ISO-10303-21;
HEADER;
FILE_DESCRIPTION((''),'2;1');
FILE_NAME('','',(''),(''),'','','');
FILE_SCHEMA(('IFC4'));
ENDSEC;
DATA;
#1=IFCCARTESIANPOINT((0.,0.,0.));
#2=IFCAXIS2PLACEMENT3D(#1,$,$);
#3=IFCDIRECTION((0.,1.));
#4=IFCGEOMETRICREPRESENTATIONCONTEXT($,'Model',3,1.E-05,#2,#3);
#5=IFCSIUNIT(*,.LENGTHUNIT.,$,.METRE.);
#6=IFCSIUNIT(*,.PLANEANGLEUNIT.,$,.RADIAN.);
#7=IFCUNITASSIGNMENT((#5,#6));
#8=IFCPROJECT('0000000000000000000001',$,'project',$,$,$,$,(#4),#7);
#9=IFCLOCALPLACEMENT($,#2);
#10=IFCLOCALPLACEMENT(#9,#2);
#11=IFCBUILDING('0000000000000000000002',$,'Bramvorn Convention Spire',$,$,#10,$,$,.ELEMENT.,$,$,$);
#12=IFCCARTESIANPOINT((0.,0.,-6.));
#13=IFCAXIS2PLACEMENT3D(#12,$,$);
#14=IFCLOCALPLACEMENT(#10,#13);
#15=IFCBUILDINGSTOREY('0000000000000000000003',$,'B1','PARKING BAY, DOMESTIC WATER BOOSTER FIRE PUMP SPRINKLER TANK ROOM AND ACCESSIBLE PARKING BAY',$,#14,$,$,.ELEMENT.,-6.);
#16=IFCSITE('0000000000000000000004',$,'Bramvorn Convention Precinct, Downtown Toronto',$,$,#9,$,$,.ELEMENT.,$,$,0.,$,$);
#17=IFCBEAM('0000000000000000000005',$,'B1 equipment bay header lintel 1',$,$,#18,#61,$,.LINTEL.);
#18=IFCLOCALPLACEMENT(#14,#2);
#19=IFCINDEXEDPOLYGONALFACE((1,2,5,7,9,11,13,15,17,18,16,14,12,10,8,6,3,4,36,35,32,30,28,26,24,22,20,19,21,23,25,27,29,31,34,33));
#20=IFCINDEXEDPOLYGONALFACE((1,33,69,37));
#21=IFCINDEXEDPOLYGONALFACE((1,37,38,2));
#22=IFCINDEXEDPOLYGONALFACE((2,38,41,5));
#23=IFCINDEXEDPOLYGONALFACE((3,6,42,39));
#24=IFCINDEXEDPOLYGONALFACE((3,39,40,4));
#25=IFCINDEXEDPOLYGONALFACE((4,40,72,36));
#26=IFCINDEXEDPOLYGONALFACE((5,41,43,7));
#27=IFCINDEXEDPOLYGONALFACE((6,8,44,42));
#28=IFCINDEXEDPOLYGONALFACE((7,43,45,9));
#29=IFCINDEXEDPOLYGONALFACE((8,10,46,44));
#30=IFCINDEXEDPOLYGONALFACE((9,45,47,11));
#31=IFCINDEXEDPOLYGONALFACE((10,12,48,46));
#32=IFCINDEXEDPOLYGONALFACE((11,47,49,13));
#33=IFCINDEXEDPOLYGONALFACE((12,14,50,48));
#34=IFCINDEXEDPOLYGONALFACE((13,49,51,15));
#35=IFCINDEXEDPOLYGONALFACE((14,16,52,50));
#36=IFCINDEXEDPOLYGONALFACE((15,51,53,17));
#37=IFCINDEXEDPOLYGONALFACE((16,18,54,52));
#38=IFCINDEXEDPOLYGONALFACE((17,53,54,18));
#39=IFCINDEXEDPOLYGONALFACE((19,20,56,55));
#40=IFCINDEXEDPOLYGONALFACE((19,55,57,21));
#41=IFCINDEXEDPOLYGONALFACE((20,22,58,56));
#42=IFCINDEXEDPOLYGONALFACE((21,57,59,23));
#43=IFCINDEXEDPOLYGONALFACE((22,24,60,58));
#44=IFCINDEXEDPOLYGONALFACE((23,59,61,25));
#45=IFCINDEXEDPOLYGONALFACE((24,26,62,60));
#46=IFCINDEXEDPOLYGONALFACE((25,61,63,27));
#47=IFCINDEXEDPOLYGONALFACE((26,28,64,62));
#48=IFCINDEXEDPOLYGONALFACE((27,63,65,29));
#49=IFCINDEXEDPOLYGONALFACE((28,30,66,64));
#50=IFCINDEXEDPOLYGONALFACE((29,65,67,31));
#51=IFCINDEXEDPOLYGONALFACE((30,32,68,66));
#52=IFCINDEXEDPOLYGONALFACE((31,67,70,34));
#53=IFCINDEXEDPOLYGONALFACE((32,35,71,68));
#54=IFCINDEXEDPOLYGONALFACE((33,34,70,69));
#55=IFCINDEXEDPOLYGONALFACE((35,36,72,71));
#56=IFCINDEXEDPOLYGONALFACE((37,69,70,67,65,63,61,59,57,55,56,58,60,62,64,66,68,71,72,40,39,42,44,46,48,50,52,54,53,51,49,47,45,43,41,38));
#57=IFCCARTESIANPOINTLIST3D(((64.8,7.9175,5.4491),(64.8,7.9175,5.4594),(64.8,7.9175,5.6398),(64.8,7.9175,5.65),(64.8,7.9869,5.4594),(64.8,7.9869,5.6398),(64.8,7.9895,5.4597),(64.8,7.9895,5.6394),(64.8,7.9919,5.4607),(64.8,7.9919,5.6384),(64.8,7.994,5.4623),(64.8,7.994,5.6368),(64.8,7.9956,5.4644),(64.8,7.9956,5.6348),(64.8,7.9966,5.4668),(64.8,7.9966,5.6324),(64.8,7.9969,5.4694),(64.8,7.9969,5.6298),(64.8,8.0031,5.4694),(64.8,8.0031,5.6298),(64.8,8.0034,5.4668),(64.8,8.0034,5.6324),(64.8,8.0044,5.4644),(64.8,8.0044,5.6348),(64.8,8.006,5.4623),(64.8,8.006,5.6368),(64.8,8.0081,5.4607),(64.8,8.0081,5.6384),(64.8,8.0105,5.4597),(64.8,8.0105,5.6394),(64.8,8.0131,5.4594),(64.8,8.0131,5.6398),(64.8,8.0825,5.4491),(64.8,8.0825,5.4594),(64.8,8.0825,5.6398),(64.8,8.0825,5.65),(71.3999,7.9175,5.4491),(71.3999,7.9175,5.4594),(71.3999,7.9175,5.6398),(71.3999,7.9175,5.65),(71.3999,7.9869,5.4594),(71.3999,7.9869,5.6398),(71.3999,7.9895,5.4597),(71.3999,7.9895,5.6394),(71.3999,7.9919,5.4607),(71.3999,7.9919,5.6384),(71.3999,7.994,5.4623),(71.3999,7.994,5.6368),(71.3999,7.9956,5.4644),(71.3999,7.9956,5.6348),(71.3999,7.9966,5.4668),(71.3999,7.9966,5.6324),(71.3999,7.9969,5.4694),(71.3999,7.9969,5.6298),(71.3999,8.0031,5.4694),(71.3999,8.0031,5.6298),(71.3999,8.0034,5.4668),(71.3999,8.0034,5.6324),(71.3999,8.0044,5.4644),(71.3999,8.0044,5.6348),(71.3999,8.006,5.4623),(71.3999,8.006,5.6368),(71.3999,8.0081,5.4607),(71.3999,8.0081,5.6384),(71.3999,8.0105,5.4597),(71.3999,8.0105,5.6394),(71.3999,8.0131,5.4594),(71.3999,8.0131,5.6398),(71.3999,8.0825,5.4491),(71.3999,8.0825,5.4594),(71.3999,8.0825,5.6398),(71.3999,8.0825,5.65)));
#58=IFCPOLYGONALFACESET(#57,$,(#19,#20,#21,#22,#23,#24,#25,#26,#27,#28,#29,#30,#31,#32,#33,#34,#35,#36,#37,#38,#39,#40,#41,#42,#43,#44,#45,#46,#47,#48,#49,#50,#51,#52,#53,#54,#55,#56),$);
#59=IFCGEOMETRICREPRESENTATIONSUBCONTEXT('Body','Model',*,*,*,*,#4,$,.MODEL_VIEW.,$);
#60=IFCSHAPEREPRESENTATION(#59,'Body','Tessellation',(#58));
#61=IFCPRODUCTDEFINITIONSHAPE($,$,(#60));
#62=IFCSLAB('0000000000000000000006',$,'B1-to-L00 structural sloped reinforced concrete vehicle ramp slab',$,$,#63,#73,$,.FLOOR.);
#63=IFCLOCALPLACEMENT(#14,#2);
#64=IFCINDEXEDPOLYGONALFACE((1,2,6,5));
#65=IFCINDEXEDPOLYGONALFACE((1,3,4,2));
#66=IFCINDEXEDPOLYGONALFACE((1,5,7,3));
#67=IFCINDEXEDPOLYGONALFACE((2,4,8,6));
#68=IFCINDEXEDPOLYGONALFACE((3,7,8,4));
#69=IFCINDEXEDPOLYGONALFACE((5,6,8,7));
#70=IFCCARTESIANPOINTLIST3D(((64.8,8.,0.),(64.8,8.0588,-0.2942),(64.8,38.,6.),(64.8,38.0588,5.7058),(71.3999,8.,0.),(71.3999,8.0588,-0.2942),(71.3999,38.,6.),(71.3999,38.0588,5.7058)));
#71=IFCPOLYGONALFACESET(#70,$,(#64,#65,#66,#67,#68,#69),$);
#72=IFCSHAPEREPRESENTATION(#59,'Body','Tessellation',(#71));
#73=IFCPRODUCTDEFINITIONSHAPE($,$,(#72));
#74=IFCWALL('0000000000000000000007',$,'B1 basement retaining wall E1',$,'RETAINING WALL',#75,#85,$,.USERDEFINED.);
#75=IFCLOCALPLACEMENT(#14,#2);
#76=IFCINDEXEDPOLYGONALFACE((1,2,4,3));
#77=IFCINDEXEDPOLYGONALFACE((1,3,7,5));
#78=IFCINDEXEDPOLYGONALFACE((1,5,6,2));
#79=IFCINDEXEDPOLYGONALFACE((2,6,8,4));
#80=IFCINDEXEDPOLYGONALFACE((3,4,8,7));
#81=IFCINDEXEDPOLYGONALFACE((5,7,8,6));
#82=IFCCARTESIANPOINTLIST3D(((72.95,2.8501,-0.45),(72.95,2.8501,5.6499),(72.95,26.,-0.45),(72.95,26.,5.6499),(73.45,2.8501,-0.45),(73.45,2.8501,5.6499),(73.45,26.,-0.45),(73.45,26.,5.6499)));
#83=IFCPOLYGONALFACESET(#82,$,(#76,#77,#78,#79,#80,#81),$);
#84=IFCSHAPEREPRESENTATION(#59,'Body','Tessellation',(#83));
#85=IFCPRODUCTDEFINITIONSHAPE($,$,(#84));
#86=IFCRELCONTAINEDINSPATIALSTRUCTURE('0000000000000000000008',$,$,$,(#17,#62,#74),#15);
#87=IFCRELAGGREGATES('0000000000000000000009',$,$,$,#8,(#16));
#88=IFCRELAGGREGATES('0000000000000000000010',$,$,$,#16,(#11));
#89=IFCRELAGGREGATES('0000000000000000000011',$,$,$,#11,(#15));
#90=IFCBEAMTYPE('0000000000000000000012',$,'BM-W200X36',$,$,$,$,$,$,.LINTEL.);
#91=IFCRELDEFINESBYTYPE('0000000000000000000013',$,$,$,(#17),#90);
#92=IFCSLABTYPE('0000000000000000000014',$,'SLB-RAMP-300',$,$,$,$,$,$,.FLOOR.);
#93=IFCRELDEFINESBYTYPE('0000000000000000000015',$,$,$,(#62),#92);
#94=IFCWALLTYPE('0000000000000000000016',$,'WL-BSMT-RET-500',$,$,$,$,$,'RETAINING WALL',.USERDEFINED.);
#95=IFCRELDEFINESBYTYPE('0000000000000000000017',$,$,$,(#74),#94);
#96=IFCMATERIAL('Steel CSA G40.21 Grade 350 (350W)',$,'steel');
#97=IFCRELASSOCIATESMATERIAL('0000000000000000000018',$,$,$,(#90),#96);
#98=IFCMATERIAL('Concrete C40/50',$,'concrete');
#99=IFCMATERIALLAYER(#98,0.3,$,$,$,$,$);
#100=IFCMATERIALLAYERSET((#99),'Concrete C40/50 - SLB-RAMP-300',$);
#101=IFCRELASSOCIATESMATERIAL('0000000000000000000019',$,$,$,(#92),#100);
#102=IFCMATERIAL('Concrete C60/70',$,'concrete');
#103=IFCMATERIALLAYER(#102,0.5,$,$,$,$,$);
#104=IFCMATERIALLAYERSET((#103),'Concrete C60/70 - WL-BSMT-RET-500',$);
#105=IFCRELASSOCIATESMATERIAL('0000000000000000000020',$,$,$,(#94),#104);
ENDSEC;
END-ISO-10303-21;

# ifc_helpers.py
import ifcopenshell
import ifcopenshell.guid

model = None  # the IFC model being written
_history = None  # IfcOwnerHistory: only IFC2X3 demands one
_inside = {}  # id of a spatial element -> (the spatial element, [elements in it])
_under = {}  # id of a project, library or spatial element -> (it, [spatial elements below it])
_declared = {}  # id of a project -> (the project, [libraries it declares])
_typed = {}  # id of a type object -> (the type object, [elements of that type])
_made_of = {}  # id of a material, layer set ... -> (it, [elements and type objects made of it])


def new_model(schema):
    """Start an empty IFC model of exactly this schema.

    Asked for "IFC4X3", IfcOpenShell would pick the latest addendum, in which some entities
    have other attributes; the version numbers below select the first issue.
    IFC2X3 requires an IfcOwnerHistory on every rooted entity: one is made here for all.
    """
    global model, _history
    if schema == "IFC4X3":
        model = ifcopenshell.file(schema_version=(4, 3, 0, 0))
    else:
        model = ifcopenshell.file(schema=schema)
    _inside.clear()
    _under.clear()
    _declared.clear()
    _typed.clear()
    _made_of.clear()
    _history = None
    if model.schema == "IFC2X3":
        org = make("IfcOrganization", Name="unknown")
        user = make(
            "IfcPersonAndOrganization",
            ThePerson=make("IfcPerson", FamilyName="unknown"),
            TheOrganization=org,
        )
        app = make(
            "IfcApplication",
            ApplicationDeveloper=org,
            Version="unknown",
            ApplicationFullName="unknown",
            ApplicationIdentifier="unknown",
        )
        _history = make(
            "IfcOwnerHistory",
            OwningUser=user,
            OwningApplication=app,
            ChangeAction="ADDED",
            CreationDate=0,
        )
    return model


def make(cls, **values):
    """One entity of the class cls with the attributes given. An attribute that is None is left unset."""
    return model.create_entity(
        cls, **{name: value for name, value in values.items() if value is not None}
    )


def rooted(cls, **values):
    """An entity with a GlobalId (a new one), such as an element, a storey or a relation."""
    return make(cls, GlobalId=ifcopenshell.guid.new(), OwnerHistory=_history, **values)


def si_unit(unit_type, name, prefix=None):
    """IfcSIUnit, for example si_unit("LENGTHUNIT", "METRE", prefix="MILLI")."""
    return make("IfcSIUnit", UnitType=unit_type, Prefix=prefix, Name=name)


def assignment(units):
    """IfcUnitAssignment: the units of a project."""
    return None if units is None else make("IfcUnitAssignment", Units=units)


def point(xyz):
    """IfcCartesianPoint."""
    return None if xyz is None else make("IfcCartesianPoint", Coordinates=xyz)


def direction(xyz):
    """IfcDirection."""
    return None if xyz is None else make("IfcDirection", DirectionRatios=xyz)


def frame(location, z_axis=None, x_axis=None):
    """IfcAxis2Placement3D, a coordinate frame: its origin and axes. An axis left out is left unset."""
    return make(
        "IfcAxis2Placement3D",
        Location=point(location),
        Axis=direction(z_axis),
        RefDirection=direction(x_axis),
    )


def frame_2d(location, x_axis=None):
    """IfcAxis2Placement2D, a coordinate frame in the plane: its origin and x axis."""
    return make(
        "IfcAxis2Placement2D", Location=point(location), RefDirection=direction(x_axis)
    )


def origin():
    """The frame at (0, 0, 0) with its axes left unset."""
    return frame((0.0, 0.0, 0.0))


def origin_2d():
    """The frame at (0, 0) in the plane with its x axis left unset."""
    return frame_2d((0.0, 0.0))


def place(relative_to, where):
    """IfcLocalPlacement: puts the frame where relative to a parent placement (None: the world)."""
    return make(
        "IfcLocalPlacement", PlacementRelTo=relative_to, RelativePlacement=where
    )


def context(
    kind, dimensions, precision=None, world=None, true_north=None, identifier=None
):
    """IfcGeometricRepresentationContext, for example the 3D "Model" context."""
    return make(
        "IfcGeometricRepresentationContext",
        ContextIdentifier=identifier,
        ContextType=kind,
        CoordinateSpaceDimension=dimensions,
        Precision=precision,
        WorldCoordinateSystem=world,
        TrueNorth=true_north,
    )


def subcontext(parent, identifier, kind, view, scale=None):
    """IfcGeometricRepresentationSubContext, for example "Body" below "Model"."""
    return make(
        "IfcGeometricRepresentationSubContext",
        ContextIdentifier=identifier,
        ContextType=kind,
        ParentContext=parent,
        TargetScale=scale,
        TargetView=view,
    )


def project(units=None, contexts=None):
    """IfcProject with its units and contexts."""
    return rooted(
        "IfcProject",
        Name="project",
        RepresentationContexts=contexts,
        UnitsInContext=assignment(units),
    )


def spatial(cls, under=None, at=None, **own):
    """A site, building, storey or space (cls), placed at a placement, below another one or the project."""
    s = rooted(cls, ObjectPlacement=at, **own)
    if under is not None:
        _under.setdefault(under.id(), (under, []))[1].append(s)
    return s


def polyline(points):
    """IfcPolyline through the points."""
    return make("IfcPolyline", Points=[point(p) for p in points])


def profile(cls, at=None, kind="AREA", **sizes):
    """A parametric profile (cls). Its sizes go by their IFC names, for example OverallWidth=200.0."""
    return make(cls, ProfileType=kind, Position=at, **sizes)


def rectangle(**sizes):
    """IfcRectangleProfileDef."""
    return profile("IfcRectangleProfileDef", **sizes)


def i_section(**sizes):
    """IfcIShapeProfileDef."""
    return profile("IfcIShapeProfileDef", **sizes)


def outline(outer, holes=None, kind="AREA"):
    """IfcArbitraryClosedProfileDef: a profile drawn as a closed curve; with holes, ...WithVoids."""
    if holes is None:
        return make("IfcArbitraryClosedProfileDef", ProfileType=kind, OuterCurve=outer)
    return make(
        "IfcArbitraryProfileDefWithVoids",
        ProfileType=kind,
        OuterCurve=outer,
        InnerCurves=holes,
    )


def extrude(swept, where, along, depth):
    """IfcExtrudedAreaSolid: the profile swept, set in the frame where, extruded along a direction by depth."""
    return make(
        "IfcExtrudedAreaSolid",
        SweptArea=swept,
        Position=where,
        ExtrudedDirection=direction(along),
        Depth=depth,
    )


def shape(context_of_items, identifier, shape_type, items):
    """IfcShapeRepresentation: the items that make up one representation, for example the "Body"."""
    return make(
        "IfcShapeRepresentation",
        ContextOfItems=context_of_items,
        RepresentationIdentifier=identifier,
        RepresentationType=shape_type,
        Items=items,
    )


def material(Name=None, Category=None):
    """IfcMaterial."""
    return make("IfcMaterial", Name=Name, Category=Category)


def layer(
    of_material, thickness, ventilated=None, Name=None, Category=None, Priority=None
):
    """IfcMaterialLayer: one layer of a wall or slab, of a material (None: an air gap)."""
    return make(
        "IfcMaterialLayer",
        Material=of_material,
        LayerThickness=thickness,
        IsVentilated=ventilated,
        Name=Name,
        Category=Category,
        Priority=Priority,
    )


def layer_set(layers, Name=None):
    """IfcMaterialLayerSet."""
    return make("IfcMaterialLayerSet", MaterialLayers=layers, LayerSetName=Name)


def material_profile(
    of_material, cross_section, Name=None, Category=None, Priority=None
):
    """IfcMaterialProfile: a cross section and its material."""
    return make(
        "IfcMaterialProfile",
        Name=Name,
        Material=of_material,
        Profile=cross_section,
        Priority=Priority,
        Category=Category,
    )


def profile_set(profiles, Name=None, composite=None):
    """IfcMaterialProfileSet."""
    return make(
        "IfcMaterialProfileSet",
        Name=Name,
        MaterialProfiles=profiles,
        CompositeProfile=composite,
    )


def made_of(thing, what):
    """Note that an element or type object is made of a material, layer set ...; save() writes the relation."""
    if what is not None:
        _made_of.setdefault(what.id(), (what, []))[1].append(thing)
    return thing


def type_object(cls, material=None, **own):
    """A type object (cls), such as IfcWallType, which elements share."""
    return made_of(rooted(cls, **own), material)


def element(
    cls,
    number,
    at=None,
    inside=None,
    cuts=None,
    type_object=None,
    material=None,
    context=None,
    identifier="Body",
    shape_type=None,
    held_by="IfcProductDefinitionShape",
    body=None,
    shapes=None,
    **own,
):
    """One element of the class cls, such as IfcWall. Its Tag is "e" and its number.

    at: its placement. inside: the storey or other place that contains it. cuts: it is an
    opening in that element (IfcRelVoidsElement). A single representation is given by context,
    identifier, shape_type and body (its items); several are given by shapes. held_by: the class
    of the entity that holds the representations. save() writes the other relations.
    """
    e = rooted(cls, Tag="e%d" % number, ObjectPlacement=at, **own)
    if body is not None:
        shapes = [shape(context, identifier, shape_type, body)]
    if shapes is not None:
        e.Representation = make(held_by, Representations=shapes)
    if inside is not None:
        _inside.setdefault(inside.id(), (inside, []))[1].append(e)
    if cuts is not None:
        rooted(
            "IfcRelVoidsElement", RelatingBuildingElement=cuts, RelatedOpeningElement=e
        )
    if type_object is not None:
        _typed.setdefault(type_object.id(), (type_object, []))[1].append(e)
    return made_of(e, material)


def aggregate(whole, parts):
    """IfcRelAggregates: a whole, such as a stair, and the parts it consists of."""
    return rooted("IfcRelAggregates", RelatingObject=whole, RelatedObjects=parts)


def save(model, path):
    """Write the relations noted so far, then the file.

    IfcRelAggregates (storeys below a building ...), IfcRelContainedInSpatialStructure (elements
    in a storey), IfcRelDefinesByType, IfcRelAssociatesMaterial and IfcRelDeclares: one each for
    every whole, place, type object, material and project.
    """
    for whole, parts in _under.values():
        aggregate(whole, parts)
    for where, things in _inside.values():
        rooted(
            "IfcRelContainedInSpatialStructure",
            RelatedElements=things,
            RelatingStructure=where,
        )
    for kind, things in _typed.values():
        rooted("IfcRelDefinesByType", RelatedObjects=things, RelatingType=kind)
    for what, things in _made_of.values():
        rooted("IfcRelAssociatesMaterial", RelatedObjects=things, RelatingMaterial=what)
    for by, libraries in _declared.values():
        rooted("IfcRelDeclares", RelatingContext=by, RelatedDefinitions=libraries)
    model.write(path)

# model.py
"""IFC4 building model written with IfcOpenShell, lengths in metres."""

from ifc_helpers import new_model, si_unit, direction, frame, frame_2d, origin, origin_2d, place, context, subcontext, project, spatial, polyline, rectangle, i_section, outline, extrude, material, layer, layer_set, material_profile, profile_set, type_object, element, save


model = new_model("IFC4")

# Units and contexts
model_context = context("Model", 3, precision=1e-05, world=origin(), true_north=direction((0.0, 1.0)))
body_context = subcontext(model_context, "Body", "Model", "MODEL_VIEW")
ifc_project = project(units=[si_unit("LENGTHUNIT", "METRE"), si_unit("PLANEANGLEUNIT", "RADIAN")], contexts=[model_context])

# Site, building, storey
site_placement = place(None, origin())
site = spatial("IfcSite", under=ifc_project, at=site_placement, Name="Bramvorn Convention Precinct, Downtown Toronto", CompositionType="ELEMENT", RefElevation=0.0)
building_placement = place(site_placement, origin())
building = spatial("IfcBuilding", under=site, at=building_placement, Name="Bramvorn Convention Spire", CompositionType="ELEMENT")
storey_placement = place(building_placement, frame((0.0, 0.0, -6.0)))
storey = spatial("IfcBuildingStorey", under=building, at=storey_placement, Name="B1", Description="PARKING BAY, DOMESTIC WATER BOOSTER FIRE PUMP SPRINKLER TANK ROOM AND ACCESSIBLE PARKING BAY", CompositionType="ELEMENT", Elevation=-6.0)

# Shared definitions
ifc_material_1 = material(Name="Concrete C60/70", Category="concrete")

# Shared definitions
ifc_material_2 = material(Name="Steel CSA G40.21 Grade 350 (350W)", Category="steel")

# Beam
ifc_material_profile_1 = material_profile(ifc_material_2, i_section(OverallWidth=0.165, OverallDepth=0.2009, WebThickness=0.0061, FlangeThickness=0.0103, FilletRadius=0.01, at=origin_2d()))
ifc_profile_set_1 = profile_set([ifc_material_profile_1], Name="Steel CSA G40.21 Grade 350 (350W) - W200X36")
beam_type_1 = type_object("IfcBeamType", Name="BM-W200X36", PredefinedType="LINTEL", material=ifc_profile_set_1)
beam_1_placement = place(storey_placement, frame((64.8, 8.0, 5.5496), z_axis=(1.0, 0.0, 0.0), x_axis=(0.0, 1.0, 0.0)))
element("IfcBeam", 1, at=beam_1_placement, inside=storey, type_object=beam_type_1, Name="B1 equipment bay header lintel 1", PredefinedType="LINTEL", context=body_context, shape_type="SweptSolid", body=[
    extrude(i_section(OverallWidth=0.165, OverallDepth=0.2009, WebThickness=0.0061, FlangeThickness=0.0103, FilletRadius=0.01, at=origin_2d()), origin(), (0.0, 0.0, 1.0), 6.5999),
])

# Slab
ifc_material_3 = material(Name="Concrete C40/50", Category="concrete")
ifc_layer_1 = layer(ifc_material_3, 0.3)
ifc_layer_set_1 = layer_set([ifc_layer_1], Name="Concrete C40/50 - SLB-RAMP-300")
slab_type = type_object("IfcSlabType", Name="SLB-RAMP-300", PredefinedType="FLOOR", material=ifc_layer_set_1)
slab_placement = place(storey_placement, frame((64.8, 8.0, 0.0), z_axis=(0.0, -0.196116, 0.980581), x_axis=(1.0, 0.0, 0.0)))
element("IfcSlab", 2, at=slab_placement, inside=storey, type_object=slab_type, Name="B1-to-L00 structural sloped reinforced concrete vehicle ramp slab", PredefinedType="FLOOR", context=body_context, shape_type="SweptSolid", body=[
    extrude(outline(polyline([(0.0, 0.0), (6.5999, 0.0), (6.5999, 30.5941), (0.0, 30.5941), (0.0, 0.0)])), origin(), (0.0, 0.0, -1.0), 0.3),
])

# Wall
ifc_layer_2 = layer(ifc_material_1, 0.5)
ifc_layer_set_2 = layer_set([ifc_layer_2], Name="Concrete C60/70 - WL-BSMT-RET-500")
wall_type = type_object("IfcWallType", Name="WL-BSMT-RET-500", ElementType="RETAINING WALL", PredefinedType="USERDEFINED", material=ifc_layer_set_2)
wall_placement = place(storey_placement, frame((73.2, 2.8501, -0.45), z_axis=(0.0, 0.0, 1.0), x_axis=(0.0, 1.0, 0.0)))
element("IfcWall", 3, at=wall_placement, inside=storey, type_object=wall_type, Name="B1 basement retaining wall E1", ObjectType="RETAINING WALL", PredefinedType="USERDEFINED", context=body_context, shape_type="SweptSolid", body=[
    extrude(rectangle(XDim=23.1499, YDim=0.5, at=frame_2d((11.575, 0.0))), origin(), (0.0, 0.0, 1.0), 6.0999),
])

save(model, "model.ifc")
